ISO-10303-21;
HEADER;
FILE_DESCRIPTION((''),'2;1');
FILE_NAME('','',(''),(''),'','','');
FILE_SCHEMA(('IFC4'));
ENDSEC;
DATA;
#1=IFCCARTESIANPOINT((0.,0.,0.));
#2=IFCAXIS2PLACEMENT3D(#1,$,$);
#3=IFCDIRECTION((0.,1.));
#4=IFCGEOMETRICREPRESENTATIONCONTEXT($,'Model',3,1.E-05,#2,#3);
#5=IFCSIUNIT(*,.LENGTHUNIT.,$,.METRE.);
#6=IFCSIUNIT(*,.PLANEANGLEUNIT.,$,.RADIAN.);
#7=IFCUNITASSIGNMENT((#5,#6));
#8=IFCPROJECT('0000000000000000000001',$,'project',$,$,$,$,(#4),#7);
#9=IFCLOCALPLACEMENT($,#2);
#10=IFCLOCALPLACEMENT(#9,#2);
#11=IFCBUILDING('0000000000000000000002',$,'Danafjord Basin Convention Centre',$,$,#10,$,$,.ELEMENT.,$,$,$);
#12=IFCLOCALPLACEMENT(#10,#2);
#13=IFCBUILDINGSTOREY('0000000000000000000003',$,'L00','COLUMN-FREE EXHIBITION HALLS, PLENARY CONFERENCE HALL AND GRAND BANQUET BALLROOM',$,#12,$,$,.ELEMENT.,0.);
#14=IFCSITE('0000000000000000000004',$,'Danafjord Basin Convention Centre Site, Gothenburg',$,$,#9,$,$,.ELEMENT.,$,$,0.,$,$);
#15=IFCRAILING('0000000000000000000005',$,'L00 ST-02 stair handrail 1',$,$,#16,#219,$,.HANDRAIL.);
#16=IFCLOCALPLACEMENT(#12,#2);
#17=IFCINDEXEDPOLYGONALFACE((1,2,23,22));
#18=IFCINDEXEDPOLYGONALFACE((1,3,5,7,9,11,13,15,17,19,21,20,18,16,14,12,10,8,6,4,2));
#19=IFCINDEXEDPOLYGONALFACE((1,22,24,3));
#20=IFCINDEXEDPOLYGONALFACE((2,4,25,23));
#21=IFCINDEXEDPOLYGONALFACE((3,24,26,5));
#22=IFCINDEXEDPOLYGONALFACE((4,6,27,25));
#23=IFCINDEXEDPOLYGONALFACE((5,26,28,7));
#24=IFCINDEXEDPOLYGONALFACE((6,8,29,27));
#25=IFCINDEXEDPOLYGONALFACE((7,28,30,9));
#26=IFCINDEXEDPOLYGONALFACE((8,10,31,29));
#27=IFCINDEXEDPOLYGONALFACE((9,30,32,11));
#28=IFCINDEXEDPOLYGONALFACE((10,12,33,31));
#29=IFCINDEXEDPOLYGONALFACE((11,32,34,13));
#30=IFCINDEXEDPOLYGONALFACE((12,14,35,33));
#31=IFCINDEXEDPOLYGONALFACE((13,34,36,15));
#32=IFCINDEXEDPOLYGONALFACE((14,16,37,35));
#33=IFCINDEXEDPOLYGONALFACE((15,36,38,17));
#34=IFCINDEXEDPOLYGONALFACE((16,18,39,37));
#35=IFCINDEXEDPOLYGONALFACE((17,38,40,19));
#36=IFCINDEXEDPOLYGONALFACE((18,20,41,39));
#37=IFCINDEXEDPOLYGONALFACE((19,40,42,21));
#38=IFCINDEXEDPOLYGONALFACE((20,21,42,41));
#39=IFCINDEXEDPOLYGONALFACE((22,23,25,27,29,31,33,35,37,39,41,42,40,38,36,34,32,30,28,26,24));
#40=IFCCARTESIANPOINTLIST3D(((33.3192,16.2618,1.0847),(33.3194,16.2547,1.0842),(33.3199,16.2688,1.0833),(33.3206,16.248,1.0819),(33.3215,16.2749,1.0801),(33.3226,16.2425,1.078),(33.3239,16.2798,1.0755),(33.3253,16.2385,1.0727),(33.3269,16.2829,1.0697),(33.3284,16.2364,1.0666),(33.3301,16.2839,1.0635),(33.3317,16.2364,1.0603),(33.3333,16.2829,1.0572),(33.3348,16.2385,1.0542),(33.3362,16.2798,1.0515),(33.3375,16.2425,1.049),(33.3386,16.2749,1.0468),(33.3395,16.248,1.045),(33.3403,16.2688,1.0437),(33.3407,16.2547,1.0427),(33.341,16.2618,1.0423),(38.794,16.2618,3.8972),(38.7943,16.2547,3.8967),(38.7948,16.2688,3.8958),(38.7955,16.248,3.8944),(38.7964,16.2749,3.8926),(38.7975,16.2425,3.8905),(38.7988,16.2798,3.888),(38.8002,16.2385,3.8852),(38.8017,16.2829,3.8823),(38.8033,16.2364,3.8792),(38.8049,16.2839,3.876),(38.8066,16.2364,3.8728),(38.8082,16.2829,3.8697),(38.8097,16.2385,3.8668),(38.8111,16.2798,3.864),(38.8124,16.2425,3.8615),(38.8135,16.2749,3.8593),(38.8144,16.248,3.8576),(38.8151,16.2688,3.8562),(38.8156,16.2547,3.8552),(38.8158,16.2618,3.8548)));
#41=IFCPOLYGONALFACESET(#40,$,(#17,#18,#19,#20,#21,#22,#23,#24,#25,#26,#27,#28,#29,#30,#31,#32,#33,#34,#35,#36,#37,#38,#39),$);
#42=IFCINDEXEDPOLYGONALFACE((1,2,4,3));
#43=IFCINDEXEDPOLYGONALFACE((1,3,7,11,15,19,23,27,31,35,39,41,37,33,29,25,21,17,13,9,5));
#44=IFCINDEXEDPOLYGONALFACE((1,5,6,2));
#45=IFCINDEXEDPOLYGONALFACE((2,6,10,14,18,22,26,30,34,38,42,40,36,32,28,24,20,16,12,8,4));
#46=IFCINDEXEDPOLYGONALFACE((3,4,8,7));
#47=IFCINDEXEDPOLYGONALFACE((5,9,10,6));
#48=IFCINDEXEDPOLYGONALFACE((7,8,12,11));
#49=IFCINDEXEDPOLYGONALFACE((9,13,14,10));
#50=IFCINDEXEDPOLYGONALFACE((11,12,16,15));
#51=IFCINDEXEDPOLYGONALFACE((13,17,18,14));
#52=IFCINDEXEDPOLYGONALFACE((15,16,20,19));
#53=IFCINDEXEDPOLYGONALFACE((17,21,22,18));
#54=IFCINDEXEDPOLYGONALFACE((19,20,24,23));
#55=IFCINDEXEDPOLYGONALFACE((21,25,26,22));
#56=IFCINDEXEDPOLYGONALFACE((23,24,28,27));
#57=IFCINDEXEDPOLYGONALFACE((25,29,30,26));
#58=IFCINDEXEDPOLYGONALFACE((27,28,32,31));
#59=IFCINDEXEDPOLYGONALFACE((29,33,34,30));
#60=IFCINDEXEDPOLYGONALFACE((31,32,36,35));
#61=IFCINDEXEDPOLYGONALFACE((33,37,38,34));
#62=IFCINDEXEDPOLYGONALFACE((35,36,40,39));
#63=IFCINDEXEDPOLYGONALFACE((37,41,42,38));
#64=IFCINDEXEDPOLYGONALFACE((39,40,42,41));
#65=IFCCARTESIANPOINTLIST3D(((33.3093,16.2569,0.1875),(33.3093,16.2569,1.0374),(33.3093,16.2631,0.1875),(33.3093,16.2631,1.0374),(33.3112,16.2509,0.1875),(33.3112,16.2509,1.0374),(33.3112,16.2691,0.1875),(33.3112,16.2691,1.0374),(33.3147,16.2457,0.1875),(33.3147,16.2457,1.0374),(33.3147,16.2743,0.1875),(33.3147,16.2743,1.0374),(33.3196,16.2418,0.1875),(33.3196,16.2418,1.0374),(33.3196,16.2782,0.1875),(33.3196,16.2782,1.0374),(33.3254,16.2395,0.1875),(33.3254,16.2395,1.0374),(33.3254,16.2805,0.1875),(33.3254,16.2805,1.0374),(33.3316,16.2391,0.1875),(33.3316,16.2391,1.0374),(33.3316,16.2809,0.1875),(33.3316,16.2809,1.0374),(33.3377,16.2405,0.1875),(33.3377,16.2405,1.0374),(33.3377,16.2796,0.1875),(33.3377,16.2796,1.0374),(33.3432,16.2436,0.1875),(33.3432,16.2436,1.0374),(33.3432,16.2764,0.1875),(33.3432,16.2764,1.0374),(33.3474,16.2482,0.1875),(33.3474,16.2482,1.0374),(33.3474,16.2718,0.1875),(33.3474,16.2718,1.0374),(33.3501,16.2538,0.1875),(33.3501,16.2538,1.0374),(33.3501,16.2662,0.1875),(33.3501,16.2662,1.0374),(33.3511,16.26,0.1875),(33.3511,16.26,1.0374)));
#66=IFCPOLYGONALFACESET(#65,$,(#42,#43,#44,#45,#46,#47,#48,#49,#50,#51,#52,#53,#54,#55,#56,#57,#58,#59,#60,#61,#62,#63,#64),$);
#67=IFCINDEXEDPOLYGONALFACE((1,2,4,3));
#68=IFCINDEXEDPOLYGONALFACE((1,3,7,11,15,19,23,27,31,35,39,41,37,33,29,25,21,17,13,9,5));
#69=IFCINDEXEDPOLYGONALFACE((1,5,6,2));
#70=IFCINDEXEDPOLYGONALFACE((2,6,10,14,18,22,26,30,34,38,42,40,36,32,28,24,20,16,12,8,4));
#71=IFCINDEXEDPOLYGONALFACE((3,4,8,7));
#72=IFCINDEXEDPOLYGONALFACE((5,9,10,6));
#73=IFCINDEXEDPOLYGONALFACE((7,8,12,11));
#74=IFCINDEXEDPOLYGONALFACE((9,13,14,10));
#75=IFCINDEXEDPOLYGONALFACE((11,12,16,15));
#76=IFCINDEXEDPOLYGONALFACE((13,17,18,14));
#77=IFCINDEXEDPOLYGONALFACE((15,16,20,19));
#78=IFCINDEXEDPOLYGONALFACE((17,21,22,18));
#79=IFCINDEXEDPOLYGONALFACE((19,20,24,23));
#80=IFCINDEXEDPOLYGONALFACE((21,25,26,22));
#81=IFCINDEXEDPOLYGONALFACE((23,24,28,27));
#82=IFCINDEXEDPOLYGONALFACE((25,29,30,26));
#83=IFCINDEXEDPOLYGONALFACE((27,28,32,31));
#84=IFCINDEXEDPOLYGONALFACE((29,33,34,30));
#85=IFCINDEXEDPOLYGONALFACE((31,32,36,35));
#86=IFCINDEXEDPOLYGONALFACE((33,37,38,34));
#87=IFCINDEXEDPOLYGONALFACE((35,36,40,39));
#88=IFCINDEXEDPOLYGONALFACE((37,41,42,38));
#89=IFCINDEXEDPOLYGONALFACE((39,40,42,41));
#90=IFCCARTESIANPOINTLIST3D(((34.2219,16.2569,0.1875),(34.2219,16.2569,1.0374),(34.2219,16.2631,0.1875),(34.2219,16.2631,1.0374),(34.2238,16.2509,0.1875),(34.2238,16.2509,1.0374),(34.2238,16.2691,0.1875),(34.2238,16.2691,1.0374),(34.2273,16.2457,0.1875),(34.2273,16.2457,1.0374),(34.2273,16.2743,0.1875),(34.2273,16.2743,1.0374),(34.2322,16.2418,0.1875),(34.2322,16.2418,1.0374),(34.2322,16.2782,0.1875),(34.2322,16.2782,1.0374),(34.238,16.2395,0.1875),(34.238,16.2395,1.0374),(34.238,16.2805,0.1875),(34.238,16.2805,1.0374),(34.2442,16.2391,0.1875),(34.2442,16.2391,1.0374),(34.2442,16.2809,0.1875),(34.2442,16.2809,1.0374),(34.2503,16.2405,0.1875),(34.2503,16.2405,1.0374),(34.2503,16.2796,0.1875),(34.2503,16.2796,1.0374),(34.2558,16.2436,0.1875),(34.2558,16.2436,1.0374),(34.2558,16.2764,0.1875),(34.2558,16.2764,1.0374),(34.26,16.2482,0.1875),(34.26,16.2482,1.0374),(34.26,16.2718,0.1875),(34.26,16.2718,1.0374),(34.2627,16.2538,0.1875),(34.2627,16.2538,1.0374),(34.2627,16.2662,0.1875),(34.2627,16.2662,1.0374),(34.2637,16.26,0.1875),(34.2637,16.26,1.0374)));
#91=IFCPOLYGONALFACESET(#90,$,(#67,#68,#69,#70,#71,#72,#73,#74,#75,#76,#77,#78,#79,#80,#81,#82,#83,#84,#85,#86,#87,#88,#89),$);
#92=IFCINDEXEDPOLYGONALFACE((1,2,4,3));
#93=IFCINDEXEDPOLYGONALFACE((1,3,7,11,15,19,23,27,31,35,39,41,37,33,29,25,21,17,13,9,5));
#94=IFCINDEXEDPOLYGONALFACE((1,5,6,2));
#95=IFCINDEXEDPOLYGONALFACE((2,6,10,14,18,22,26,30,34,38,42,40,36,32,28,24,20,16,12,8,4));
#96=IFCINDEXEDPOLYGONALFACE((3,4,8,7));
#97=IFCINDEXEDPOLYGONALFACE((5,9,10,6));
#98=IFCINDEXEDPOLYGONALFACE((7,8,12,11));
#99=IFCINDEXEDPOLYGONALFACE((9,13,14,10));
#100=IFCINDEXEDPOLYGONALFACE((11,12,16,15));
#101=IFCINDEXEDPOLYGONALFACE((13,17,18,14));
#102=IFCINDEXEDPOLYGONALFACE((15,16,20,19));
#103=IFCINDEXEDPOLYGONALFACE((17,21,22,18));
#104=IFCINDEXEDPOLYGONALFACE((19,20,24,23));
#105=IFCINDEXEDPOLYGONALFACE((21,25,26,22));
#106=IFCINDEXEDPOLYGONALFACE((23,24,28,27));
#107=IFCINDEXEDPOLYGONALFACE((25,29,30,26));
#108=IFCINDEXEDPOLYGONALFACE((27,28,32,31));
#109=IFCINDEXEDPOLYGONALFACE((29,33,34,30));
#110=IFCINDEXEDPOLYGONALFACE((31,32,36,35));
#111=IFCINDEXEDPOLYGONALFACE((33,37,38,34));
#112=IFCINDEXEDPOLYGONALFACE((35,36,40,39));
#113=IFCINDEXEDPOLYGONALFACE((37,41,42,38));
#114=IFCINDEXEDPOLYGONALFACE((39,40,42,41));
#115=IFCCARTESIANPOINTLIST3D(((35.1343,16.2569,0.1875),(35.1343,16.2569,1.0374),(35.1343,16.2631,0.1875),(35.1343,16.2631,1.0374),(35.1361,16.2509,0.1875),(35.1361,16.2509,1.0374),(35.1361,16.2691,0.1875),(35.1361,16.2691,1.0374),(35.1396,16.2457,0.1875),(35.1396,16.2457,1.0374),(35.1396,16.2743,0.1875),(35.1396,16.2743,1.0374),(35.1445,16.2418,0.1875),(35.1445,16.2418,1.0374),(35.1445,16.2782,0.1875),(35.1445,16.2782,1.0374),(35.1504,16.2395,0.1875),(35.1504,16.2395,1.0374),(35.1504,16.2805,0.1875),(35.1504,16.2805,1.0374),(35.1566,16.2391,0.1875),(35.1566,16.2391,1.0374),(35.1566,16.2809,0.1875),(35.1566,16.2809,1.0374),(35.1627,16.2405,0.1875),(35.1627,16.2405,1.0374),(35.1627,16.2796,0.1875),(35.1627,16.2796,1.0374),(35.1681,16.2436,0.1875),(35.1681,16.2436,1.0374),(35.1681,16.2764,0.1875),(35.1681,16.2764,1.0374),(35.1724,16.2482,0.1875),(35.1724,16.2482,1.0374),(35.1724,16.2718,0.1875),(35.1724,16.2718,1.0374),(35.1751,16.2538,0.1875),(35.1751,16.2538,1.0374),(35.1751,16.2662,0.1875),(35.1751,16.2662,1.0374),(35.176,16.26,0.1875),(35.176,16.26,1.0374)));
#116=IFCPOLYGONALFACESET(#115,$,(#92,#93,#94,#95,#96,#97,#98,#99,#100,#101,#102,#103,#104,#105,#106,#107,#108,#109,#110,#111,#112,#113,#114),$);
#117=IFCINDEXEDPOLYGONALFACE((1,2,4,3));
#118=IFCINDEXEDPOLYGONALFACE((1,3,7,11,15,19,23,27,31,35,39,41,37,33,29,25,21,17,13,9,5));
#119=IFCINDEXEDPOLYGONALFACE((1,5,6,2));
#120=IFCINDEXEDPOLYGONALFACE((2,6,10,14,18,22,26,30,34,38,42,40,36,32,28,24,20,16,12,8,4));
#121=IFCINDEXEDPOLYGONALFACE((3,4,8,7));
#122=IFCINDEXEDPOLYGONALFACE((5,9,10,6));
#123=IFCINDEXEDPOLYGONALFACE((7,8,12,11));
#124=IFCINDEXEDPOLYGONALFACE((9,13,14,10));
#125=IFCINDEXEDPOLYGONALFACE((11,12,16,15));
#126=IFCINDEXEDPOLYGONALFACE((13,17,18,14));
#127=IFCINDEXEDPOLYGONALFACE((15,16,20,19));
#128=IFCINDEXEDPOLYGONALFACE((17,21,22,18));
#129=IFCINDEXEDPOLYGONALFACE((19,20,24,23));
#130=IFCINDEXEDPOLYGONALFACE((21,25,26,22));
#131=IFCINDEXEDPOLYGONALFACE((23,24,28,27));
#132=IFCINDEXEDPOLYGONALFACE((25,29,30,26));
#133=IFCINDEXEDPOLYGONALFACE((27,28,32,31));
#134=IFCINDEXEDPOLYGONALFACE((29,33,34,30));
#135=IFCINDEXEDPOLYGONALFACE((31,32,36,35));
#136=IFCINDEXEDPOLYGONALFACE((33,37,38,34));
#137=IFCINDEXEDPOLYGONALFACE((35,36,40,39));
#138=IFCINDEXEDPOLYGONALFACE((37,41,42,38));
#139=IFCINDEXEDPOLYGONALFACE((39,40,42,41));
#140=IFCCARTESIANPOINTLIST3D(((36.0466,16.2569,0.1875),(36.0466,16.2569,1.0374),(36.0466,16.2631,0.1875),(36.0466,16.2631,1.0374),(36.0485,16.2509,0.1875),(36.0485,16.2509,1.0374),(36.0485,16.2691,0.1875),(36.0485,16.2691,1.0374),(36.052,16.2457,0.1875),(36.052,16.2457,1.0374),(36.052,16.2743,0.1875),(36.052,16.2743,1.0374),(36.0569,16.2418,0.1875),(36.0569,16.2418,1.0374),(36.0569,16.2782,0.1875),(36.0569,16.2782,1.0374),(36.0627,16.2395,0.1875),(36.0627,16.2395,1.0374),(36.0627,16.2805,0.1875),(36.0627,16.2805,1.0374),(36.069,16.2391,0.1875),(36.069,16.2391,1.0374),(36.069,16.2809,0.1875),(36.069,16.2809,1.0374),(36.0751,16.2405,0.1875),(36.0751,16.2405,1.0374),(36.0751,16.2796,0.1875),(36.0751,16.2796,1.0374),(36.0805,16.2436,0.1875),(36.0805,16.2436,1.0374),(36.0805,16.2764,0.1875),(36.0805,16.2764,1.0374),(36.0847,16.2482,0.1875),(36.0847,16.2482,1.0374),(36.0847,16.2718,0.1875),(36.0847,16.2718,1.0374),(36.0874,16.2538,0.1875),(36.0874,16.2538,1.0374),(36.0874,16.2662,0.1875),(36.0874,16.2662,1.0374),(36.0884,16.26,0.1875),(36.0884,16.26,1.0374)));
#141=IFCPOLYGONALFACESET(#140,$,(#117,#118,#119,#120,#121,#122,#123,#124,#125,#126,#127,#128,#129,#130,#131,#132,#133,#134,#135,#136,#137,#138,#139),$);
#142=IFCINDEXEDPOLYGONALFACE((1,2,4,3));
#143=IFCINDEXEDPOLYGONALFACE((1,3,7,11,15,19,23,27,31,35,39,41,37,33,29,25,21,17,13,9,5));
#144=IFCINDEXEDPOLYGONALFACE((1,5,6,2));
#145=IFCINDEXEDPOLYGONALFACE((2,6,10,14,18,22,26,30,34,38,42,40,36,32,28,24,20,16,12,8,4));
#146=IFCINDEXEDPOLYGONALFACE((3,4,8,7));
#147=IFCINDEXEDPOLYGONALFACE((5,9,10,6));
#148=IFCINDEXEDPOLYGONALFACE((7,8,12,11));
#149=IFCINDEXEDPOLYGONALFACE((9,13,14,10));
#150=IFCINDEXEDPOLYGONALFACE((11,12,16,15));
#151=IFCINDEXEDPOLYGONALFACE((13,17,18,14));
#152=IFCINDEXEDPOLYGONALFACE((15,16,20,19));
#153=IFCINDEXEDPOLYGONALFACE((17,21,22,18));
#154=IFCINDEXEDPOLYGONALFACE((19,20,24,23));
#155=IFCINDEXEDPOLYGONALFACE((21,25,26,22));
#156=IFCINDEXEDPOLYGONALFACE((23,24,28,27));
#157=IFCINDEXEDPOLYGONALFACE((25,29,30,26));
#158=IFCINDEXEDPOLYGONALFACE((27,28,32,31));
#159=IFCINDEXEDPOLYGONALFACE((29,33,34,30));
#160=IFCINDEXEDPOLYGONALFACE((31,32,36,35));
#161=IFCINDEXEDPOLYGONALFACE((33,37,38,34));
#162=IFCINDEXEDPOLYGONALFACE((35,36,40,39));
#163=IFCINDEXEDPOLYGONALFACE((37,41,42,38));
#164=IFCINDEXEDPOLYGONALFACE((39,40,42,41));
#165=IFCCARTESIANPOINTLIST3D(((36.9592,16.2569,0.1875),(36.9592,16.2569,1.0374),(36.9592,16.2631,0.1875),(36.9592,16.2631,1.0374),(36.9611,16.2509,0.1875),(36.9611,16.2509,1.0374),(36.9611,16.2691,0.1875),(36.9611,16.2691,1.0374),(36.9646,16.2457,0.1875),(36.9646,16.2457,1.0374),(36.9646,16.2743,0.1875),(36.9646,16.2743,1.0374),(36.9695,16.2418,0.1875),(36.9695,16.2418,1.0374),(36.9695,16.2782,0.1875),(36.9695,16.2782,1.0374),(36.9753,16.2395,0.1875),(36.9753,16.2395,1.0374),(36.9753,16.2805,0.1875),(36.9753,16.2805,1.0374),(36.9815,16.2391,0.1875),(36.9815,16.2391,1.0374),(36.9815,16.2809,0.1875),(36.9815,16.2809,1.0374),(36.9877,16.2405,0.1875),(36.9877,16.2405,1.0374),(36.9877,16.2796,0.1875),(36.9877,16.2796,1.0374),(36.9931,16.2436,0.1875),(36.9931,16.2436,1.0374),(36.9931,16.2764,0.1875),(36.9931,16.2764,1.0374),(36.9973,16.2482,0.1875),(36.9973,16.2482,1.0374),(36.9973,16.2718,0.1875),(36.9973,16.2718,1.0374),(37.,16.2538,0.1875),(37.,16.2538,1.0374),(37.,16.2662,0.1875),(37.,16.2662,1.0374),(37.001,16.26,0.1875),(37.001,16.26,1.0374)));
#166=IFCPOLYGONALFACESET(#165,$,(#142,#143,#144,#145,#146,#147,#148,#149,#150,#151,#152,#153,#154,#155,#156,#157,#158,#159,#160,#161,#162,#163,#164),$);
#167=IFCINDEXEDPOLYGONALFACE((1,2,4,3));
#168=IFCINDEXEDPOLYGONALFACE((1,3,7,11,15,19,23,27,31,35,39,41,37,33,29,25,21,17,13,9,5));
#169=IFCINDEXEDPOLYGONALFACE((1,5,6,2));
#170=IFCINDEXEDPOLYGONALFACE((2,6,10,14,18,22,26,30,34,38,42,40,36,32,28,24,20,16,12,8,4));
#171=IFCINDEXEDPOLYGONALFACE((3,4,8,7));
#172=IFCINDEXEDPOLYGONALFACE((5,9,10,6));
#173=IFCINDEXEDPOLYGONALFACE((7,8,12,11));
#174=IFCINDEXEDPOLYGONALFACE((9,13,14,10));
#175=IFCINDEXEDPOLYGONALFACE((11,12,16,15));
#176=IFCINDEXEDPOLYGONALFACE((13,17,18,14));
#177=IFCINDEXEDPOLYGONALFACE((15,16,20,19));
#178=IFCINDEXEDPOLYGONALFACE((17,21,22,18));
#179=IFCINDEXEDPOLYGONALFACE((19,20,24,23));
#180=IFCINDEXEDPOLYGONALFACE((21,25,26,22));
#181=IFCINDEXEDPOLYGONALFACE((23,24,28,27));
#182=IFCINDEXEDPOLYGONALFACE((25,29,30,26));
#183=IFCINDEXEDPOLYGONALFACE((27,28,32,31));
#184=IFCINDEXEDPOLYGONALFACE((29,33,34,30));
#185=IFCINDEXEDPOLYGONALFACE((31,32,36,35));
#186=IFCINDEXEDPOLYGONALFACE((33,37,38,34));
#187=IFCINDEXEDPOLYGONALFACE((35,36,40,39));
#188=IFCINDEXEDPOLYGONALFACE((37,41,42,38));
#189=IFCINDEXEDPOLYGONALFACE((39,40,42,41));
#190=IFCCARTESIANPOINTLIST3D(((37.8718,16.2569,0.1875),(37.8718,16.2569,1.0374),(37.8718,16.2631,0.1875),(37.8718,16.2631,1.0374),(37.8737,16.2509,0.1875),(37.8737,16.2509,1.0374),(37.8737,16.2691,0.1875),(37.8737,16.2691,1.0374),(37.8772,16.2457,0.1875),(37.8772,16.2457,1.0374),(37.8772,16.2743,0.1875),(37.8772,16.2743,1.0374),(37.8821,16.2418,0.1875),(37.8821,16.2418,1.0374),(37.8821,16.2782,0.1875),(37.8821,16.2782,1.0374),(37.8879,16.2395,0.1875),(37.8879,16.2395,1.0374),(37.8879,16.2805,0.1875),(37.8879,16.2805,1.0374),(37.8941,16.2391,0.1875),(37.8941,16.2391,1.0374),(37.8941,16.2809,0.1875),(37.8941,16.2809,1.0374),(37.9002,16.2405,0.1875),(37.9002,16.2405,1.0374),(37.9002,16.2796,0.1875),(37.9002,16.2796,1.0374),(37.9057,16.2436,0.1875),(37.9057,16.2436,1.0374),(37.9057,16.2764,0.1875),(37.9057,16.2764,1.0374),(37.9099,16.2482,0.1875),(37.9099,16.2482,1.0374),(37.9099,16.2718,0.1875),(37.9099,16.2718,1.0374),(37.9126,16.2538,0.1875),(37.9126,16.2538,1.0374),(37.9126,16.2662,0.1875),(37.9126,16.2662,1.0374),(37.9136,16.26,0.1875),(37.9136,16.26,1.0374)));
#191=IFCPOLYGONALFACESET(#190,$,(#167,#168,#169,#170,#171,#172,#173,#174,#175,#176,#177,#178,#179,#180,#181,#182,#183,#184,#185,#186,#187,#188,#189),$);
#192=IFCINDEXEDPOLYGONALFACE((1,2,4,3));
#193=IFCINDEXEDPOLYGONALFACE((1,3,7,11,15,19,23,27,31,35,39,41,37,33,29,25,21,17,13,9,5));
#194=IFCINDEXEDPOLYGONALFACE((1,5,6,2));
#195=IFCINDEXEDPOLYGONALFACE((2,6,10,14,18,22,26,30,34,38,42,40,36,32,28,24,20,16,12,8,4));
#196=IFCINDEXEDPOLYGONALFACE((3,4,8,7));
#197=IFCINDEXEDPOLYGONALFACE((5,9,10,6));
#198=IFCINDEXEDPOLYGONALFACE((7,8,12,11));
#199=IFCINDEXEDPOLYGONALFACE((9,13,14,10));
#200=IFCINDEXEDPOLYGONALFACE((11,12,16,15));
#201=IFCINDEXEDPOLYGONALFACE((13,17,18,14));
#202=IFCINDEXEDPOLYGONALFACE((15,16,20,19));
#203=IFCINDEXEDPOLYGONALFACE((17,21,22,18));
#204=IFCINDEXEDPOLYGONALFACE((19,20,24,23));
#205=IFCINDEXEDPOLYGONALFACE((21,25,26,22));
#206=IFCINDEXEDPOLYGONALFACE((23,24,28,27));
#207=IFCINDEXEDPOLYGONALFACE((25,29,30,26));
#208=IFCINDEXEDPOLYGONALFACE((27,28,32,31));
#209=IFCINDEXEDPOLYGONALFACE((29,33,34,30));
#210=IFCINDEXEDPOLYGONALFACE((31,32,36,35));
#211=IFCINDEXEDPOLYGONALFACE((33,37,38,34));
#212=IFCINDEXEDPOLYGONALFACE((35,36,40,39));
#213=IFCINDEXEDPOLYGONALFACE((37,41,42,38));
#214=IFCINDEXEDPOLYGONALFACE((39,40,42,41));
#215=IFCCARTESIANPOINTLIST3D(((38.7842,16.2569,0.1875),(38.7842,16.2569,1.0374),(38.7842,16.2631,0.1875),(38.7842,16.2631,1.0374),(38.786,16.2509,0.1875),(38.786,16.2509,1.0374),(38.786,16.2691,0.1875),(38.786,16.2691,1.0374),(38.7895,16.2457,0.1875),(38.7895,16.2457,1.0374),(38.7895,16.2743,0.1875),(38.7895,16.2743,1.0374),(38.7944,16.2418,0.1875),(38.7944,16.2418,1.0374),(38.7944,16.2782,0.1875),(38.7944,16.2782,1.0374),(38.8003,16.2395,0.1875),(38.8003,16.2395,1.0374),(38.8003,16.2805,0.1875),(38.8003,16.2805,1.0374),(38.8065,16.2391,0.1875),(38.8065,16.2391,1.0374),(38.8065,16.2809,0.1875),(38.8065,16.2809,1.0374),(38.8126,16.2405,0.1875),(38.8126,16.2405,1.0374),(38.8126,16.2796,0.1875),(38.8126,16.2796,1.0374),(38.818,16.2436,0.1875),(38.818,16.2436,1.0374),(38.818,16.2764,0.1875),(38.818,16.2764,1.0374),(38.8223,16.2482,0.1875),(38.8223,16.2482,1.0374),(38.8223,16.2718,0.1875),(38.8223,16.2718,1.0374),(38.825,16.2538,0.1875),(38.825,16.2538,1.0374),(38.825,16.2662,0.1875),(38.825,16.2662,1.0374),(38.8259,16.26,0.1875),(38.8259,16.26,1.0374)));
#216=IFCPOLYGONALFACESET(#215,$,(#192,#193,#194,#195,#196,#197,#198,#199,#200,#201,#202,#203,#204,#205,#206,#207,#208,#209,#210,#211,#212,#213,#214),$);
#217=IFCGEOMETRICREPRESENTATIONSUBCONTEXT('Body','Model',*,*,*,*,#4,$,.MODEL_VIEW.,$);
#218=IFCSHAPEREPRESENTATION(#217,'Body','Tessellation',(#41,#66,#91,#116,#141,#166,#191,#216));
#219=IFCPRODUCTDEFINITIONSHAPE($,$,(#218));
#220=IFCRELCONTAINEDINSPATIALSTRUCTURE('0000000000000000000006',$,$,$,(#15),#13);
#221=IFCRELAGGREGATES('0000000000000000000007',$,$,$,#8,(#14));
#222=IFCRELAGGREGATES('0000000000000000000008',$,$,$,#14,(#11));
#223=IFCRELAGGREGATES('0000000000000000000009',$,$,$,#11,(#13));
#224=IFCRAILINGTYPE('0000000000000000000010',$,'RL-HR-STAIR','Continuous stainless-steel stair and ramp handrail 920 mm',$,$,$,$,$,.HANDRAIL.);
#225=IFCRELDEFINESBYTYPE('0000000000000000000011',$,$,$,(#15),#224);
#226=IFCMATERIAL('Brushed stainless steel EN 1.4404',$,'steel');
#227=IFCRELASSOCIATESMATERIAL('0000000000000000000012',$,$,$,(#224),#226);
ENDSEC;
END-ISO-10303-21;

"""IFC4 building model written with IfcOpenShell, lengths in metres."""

from ifc_helpers import new_model, si_unit, direction, frame, origin, origin_2d, place, context, subcontext, project, spatial, circle, extrude, material, type_object, element, save


model = new_model("IFC4")

# Units and contexts
model_context = context("Model", 3, precision=1e-05, world=origin(), true_north=direction((0.0, 1.0)))
body_context = subcontext(model_context, "Body", "Model", "MODEL_VIEW")
ifc_project = project(units=[si_unit("LENGTHUNIT", "METRE"), si_unit("PLANEANGLEUNIT", "RADIAN")], contexts=[model_context])

# Site, building, storey
site_placement = place(None, origin())
site = spatial("IfcSite", under=ifc_project, at=site_placement, Name="Danafjord Basin Convention Centre Site, Gothenburg", CompositionType="ELEMENT", RefElevation=0.0)
building_placement = place(site_placement, origin())
building = spatial("IfcBuilding", under=site, at=building_placement, Name="Danafjord Basin Convention Centre", CompositionType="ELEMENT")
storey_placement = place(building_placement, origin())
storey = spatial("IfcBuildingStorey", under=building, at=storey_placement, Name="L00", Description="COLUMN-FREE EXHIBITION HALLS, PLENARY CONFERENCE HALL AND GRAND BANQUET BALLROOM", CompositionType="ELEMENT", Elevation=0.0)

# Railing
ifc_material_1 = material(Name="Brushed stainless steel EN 1.4404", Category="steel")
railing_type_1 = type_object("IfcRailingType", Name="RL-HR-STAIR", Description="Continuous stainless-steel stair and ramp handrail 920 mm", PredefinedType="HANDRAIL", material=ifc_material_1)
railing_1_placement = place(storey_placement, frame((33.3301, 16.26, 0.1875)))
element("IfcRailing", 1, at=railing_1_placement, inside=storey, type_object=railing_type_1, Name="L00 ST-02 stair handrail 1", PredefinedType="HANDRAIL", context=body_context, shape_type="SweptSolid", body=[
    extrude(circle(Radius=0.0239, at=origin_2d()), frame((0.0, 0.0, 0.876), z_axis=(0.889495, 0.0, 0.456945), x_axis=(0.0, 1.0, 0.0)), (0.0, 0.0, 1.0), 6.155),
    extrude(circle(Radius=0.021, at=origin_2d()), origin(), (0.0, 0.0, 1.0), 0.8499),
    extrude(circle(Radius=0.021, at=origin_2d()), frame((0.9126, 0.0, 0.0)), (0.0, 0.0, 1.0), 0.8499),
    extrude(circle(Radius=0.021, at=origin_2d()), frame((1.825, 0.0, 0.0)), (0.0, 0.0, 1.0), 0.8499),
    extrude(circle(Radius=0.021, at=origin_2d()), frame((2.7373, 0.0, 0.0)), (0.0, 0.0, 1.0), 0.8499),
    extrude(circle(Radius=0.021, at=origin_2d()), frame((3.6499, 0.0, 0.0)), (0.0, 0.0, 1.0), 0.8499),
    extrude(circle(Radius=0.021, at=origin_2d()), frame((4.5625, 0.0, 0.0)), (0.0, 0.0, 1.0), 0.8499),
    extrude(circle(Radius=0.021, at=origin_2d()), frame((5.4749, 0.0, 0.0)), (0.0, 0.0, 1.0), 0.8499),
])

save(model, "model.ifc")
